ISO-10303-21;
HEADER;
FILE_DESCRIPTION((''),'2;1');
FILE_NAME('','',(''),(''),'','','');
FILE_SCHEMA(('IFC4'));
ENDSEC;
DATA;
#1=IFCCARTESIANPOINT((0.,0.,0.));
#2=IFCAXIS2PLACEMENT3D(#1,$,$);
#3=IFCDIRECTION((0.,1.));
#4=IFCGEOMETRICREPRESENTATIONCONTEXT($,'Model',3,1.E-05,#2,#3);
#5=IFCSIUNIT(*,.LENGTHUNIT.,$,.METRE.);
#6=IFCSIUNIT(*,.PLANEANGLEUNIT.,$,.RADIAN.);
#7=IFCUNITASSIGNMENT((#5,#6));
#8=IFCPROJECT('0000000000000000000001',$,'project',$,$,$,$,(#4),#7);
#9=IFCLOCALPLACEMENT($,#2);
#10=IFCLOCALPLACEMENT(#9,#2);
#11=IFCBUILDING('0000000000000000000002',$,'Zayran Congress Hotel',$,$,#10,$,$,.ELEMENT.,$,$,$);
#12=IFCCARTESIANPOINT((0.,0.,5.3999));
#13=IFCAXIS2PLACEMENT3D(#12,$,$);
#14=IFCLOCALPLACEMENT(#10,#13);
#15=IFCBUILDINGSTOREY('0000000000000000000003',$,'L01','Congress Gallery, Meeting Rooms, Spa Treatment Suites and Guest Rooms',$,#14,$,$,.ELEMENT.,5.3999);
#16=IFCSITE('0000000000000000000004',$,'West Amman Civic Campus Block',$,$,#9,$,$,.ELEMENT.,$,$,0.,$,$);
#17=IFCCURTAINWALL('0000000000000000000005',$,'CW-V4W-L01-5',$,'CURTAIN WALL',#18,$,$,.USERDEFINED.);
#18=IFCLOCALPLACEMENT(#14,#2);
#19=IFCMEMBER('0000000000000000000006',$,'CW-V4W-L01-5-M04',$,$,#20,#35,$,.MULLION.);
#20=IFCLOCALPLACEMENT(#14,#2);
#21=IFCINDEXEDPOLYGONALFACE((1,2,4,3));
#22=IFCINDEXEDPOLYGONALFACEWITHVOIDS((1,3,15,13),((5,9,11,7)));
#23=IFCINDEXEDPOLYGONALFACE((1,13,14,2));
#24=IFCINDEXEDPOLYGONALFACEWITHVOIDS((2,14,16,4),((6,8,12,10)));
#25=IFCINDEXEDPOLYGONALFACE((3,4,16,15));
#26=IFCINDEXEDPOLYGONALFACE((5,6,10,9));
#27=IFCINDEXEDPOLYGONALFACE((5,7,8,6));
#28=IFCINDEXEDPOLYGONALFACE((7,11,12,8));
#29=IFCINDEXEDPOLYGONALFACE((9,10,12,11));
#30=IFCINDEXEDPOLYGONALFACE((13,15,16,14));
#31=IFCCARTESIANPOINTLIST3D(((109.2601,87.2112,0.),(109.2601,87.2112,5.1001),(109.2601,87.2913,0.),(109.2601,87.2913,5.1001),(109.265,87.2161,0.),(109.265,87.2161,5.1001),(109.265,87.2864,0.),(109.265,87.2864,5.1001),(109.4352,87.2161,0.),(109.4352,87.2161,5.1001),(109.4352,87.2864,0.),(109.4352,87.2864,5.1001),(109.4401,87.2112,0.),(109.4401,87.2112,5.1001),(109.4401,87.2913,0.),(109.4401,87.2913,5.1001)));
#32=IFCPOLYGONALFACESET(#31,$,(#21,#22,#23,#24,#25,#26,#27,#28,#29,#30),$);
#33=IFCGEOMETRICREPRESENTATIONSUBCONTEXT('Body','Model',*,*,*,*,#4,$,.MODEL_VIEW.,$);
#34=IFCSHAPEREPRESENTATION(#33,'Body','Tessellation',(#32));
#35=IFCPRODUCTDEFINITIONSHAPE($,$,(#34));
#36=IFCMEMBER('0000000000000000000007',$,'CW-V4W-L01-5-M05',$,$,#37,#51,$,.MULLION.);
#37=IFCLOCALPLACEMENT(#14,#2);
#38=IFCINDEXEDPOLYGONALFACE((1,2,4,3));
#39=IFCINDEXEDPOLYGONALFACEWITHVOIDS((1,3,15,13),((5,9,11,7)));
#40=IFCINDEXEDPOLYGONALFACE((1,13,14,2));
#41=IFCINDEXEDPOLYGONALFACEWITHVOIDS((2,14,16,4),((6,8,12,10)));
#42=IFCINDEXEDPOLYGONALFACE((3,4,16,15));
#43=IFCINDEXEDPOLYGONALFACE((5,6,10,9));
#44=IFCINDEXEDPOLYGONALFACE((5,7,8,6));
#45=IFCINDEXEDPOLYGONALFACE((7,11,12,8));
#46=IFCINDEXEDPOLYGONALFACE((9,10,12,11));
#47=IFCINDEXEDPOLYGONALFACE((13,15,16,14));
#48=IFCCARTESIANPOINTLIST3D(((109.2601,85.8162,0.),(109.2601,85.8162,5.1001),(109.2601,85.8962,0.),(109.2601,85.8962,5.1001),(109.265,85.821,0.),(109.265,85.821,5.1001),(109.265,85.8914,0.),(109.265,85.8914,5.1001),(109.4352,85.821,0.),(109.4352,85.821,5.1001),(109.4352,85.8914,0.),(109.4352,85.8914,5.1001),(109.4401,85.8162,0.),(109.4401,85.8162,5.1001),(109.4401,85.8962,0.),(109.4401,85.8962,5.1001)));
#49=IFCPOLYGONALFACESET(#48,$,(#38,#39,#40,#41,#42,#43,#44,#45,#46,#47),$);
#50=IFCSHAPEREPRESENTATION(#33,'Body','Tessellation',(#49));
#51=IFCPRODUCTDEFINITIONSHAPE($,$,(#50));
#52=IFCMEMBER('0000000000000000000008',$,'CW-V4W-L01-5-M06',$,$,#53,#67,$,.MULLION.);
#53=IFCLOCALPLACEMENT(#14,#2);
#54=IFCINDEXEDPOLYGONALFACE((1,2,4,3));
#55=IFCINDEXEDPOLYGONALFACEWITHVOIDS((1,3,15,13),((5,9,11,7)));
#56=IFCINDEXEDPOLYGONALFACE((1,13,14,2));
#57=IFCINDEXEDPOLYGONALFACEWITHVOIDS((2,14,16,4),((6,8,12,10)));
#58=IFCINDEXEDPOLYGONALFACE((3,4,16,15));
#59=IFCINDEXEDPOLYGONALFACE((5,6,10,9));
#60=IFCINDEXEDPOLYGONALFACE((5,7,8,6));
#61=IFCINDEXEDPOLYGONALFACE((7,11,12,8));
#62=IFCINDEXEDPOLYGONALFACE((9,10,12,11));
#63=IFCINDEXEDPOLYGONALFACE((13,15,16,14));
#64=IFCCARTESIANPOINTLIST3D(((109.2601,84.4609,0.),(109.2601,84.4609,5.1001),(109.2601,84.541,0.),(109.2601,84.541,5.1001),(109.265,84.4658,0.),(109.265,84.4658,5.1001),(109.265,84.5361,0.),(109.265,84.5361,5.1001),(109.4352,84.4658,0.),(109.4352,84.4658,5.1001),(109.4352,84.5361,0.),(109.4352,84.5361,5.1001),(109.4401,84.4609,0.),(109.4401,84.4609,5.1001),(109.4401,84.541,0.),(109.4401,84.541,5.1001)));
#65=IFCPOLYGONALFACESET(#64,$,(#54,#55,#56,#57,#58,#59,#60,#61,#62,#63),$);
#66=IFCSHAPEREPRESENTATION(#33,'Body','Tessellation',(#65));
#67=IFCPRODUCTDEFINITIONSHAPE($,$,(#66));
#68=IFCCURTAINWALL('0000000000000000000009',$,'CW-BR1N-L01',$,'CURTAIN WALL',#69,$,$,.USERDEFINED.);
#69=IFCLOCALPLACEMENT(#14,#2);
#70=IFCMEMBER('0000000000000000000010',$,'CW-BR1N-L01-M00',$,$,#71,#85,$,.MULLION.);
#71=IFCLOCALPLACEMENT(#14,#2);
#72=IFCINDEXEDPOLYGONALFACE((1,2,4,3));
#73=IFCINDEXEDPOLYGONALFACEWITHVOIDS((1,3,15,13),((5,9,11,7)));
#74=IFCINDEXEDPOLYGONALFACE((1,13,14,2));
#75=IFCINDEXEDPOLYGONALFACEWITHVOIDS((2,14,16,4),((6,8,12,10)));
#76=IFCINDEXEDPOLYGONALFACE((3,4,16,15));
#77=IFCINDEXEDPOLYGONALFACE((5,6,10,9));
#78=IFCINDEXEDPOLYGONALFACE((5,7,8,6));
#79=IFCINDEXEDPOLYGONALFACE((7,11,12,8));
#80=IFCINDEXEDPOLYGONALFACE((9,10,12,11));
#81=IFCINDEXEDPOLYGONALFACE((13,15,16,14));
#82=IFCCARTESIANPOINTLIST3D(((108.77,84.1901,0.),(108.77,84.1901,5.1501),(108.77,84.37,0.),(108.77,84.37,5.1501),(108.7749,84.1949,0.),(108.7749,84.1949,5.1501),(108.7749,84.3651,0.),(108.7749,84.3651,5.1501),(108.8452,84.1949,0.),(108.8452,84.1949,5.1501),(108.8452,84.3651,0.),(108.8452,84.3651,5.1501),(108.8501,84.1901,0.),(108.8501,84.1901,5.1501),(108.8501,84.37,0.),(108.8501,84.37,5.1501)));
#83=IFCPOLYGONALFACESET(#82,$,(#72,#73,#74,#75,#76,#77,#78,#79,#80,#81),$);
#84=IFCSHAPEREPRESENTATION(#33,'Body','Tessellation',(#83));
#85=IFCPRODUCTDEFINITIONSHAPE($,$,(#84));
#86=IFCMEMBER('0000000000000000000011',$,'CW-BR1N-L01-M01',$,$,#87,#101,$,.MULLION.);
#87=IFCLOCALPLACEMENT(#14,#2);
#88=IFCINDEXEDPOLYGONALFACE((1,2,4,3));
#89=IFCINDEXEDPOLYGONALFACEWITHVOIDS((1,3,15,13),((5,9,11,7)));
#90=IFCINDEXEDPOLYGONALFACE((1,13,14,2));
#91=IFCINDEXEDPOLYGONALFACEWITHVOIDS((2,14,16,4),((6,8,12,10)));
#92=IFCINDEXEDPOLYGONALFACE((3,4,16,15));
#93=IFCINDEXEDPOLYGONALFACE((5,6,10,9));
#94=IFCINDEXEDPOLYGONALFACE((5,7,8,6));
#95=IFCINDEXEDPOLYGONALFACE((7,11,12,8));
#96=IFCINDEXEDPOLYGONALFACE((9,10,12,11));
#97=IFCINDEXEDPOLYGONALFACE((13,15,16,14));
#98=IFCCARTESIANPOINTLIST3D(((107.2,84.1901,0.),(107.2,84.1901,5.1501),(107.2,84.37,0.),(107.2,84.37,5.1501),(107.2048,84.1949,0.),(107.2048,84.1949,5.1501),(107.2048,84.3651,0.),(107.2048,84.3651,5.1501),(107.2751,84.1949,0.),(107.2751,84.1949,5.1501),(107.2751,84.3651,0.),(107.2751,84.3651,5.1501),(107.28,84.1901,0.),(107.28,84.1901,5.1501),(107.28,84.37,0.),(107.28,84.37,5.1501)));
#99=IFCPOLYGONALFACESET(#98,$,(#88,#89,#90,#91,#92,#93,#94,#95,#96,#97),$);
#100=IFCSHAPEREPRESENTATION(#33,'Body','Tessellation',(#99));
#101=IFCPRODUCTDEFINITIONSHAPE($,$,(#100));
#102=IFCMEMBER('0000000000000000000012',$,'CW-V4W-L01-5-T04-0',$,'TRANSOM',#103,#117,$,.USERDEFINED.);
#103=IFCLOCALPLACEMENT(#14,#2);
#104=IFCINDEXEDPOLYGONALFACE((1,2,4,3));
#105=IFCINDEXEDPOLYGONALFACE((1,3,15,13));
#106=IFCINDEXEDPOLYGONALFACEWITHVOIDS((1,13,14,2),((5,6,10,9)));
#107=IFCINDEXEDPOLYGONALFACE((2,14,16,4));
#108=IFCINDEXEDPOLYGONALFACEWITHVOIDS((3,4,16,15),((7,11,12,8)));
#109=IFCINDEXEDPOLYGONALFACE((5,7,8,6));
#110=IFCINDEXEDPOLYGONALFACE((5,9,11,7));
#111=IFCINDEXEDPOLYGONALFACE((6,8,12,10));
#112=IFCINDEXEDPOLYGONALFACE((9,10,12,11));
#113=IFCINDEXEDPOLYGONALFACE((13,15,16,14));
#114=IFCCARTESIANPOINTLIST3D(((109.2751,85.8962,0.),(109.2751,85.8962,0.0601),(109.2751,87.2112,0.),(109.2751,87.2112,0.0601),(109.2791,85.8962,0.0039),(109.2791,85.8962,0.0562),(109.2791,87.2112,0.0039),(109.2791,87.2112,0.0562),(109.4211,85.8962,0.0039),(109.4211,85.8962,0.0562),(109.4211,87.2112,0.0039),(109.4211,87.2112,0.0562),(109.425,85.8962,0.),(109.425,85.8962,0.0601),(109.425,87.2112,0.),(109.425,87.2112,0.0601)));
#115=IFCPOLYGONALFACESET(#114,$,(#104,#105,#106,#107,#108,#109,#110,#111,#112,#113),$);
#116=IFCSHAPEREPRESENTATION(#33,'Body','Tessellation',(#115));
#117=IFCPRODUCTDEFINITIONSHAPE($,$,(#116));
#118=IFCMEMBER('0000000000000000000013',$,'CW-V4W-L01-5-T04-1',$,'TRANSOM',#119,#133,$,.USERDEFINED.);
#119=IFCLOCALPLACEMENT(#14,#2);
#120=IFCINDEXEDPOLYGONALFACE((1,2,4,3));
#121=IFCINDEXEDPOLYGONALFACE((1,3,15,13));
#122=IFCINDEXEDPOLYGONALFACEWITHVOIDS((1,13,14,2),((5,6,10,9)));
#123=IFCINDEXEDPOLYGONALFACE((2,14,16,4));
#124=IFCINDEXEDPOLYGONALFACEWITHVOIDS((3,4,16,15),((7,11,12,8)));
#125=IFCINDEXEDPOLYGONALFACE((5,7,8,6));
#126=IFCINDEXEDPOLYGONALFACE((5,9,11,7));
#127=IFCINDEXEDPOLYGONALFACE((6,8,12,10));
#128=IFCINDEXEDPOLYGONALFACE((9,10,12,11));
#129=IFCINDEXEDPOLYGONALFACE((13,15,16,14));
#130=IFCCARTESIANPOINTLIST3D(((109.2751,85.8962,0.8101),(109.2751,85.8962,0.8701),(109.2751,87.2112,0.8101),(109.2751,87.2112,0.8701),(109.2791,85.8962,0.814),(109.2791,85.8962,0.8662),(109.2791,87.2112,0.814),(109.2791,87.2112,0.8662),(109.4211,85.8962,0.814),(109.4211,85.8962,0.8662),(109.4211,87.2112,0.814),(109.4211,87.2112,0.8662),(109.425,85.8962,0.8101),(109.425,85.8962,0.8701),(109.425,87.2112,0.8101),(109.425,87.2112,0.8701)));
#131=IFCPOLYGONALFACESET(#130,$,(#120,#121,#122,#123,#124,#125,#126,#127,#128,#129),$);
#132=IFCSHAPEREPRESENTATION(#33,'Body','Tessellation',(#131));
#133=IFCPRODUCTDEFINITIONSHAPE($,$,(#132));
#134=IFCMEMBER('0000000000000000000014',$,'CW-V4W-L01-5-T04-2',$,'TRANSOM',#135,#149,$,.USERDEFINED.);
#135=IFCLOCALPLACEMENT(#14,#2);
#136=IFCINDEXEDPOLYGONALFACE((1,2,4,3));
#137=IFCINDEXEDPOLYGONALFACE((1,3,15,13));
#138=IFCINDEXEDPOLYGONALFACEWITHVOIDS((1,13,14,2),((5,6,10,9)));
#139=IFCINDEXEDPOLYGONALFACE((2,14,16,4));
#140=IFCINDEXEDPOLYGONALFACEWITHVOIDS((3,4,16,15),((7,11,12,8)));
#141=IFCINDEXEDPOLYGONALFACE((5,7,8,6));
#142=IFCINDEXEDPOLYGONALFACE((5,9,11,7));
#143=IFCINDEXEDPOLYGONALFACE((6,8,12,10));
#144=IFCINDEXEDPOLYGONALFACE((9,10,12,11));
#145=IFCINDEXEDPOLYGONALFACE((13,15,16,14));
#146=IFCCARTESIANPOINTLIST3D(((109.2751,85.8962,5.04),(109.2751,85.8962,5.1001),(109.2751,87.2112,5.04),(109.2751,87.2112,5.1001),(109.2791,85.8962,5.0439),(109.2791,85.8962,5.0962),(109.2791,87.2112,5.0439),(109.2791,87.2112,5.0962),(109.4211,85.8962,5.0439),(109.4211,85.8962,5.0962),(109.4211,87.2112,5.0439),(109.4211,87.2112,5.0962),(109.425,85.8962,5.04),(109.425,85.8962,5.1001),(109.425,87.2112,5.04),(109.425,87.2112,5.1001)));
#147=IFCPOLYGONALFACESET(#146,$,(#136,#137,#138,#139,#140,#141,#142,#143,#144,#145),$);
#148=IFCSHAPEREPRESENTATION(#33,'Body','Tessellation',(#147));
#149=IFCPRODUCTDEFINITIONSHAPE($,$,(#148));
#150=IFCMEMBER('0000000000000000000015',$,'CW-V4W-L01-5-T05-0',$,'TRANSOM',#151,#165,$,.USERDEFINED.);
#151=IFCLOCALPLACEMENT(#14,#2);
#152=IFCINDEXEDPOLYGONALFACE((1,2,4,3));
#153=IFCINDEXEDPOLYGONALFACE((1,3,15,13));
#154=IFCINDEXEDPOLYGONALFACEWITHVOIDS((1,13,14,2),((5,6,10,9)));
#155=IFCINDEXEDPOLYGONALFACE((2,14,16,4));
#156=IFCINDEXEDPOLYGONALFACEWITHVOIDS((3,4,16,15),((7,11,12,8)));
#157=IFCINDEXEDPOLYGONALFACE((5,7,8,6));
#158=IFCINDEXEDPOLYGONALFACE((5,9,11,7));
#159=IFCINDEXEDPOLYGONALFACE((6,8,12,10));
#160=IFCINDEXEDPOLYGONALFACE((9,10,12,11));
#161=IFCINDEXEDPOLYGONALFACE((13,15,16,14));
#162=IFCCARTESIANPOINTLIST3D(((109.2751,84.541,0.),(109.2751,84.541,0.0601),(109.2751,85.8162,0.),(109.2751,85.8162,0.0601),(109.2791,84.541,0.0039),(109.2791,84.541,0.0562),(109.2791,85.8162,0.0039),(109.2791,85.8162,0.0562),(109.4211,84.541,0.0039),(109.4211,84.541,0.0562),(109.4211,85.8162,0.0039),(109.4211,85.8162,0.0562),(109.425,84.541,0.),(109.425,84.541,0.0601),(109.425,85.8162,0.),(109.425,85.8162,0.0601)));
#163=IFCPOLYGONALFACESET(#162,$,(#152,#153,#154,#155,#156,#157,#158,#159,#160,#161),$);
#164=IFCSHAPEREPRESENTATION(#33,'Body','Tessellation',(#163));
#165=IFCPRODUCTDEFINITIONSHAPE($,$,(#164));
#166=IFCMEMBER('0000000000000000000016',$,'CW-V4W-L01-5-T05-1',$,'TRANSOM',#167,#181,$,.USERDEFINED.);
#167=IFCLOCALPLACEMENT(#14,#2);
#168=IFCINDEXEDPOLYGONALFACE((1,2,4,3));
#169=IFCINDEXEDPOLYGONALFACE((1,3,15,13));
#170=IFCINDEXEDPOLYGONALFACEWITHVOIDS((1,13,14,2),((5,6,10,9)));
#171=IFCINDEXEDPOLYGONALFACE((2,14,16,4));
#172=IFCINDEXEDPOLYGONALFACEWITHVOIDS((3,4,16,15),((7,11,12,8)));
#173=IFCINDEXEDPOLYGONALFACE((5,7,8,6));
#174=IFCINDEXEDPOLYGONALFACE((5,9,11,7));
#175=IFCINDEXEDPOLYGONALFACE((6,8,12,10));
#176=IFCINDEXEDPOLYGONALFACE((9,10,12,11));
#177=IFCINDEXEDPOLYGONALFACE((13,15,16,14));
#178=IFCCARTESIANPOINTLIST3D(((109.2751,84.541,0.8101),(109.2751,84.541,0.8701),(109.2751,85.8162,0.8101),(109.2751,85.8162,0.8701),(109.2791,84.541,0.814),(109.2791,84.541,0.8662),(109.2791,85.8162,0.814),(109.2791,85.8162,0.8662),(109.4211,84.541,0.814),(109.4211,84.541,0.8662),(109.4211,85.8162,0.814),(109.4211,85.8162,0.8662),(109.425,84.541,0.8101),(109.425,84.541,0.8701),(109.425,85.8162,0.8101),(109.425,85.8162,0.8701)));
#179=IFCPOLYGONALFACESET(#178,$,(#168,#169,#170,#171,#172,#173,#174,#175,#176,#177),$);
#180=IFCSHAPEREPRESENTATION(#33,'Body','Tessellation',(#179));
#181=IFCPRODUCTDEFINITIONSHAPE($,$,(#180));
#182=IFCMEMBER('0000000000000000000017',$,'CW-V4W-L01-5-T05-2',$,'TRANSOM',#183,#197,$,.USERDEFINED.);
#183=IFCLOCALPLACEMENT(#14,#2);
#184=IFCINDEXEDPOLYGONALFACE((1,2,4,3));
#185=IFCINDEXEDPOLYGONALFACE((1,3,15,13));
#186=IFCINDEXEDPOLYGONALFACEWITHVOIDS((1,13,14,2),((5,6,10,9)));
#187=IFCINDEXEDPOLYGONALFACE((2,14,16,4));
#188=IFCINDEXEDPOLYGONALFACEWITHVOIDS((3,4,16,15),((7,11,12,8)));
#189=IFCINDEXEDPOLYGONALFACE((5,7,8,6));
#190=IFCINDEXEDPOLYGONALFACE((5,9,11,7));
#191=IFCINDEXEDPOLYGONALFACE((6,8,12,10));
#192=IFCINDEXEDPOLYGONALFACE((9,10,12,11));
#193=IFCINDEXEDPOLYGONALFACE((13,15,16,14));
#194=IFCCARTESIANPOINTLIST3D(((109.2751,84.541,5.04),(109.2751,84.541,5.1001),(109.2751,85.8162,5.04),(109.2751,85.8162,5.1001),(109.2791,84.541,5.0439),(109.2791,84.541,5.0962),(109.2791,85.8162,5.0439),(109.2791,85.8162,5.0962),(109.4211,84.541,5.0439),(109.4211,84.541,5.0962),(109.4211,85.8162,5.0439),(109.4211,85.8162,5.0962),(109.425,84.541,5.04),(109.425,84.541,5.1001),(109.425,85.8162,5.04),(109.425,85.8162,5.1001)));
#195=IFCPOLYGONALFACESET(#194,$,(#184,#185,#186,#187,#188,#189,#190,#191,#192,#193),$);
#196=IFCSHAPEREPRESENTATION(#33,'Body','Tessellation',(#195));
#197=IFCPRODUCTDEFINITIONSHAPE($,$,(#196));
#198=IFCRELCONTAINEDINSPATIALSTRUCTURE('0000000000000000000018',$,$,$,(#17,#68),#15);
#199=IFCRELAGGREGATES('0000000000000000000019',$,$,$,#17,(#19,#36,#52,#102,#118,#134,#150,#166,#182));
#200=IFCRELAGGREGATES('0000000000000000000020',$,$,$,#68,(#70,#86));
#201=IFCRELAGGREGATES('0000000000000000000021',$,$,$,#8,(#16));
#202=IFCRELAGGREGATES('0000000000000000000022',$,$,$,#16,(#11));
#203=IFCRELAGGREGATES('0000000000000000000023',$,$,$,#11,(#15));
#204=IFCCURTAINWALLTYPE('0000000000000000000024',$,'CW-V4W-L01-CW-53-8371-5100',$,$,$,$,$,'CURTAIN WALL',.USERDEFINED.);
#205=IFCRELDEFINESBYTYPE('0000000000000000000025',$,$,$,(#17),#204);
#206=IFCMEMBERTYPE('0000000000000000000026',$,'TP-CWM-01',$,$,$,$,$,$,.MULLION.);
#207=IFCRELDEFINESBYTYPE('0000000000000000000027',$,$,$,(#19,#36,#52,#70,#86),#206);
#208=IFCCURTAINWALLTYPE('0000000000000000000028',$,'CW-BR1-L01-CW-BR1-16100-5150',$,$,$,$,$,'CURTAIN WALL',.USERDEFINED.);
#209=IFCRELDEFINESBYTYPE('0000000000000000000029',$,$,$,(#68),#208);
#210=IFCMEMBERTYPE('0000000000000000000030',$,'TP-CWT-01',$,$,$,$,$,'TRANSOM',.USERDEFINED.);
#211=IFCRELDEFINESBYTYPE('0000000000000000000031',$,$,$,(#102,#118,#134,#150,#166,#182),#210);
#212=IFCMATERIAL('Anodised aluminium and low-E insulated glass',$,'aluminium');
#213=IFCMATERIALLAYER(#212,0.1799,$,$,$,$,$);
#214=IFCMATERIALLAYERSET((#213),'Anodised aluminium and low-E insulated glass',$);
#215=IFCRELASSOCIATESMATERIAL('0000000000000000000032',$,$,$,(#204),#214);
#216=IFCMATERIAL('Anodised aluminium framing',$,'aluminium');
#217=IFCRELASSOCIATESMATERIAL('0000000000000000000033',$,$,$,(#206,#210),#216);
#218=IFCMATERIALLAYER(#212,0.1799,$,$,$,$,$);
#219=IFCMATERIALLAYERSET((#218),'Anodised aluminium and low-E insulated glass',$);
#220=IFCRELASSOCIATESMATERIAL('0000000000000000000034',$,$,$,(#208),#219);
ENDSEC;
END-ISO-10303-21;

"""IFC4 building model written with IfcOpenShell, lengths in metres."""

from ifc_helpers import new_model, si_unit, direction, frame, origin, origin_2d, place, context, subcontext, project, spatial, hollow_rectangle, extrude, material, layer, layer_set, material_profile, profile_set, type_object, element, aggregate, save


model = new_model("IFC4")

# Units and contexts
model_context = context("Model", 3, precision=1e-05, world=origin(), true_north=direction((0.0, 1.0)))
body_context = subcontext(model_context, "Body", "Model", "MODEL_VIEW")
ifc_project = project(units=[si_unit("LENGTHUNIT", "METRE"), si_unit("PLANEANGLEUNIT", "RADIAN")], contexts=[model_context])

# Site, building, storey
site_placement = place(None, origin())
site = spatial("IfcSite", under=ifc_project, at=site_placement, Name="West Amman Civic Campus Block", CompositionType="ELEMENT", RefElevation=0.0)
building_placement = place(site_placement, origin())
building = spatial("IfcBuilding", under=site, at=building_placement, Name="Zayran Congress Hotel", CompositionType="ELEMENT")
storey_placement = place(building_placement, frame((0.0, 0.0, 5.3999)))
storey = spatial("IfcBuildingStorey", under=building, at=storey_placement, Name="L01", Description="Congress Gallery, Meeting Rooms, Spa Treatment Suites and Guest Rooms", CompositionType="ELEMENT", Elevation=5.3999)

# Curtain walls, members
ifc_material_1 = material(Name="Anodised aluminium and low-E insulated glass", Category="aluminium")
ifc_layer_1 = layer(ifc_material_1, 0.1799)
ifc_layer_set_1 = layer_set([ifc_layer_1], Name="Anodised aluminium and low-E insulated glass")
curtain_wall_type_1 = type_object("IfcCurtainWallType", Name="CW-V4W-L01-CW-53-8371-5100", ElementType="CURTAIN WALL", PredefinedType="USERDEFINED", material=ifc_layer_set_1)
curtain_wall_1_placement = place(storey_placement, origin())
curtain_wall_1 = element("IfcCurtainWall", 1, at=curtain_wall_1_placement, inside=storey, type_object=curtain_wall_type_1, Name="CW-V4W-L01-5", ObjectType="CURTAIN WALL", PredefinedType="USERDEFINED")
ifc_material_2 = material(Name="Anodised aluminium framing", Category="aluminium")
ifc_material_profile_1 = material_profile(ifc_material_2, hollow_rectangle(XDim=0.0801, YDim=0.1799, WallThickness=0.0049, at=origin_2d()), Name="RHS 180x80x5")
ifc_profile_set_1 = profile_set([ifc_material_profile_1], Name="Anodised aluminium framing")
member_type_1 = type_object("IfcMemberType", Name="TP-CWM-01", PredefinedType="MULLION", material=ifc_profile_set_1)
member_1_placement = place(storey_placement, frame((109.3501, 87.2512, 0.0), z_axis=(0.0, 0.0, 1.0), x_axis=(0.0, 1.0, 0.0)))
member_1 = element("IfcMember", 2, at=member_1_placement, type_object=member_type_1, Name="CW-V4W-L01-5-M04", PredefinedType="MULLION", context=body_context, shape_type="SweptSolid", body=[
    extrude(hollow_rectangle(XDim=0.0801, YDim=0.1799, WallThickness=0.0049, at=origin_2d()), origin(), (0.0, 0.0, 1.0), 5.1001),
])
member_2_placement = place(storey_placement, frame((109.3501, 85.8562, 0.0), z_axis=(0.0, 0.0, 1.0), x_axis=(0.0, 1.0, 0.0)))
member_2 = element("IfcMember", 3, at=member_2_placement, type_object=member_type_1, Name="CW-V4W-L01-5-M05", PredefinedType="MULLION", context=body_context, shape_type="SweptSolid", body=[
    extrude(hollow_rectangle(XDim=0.0801, YDim=0.1799, WallThickness=0.0049, at=origin_2d()), origin(), (0.0, 0.0, 1.0), 5.1001),
])
member_3_placement = place(storey_placement, frame((109.3501, 84.501, 0.0), z_axis=(0.0, 0.0, 1.0), x_axis=(0.0, 1.0, 0.0)))
member_3 = element("IfcMember", 4, at=member_3_placement, type_object=member_type_1, Name="CW-V4W-L01-5-M06", PredefinedType="MULLION", context=body_context, shape_type="SweptSolid", body=[
    extrude(hollow_rectangle(XDim=0.0801, YDim=0.1799, WallThickness=0.0049, at=origin_2d()), origin(), (0.0, 0.0, 1.0), 5.1001),
])
ifc_layer_2 = layer(ifc_material_1, 0.1799)
ifc_layer_set_2 = layer_set([ifc_layer_2], Name="Anodised aluminium and low-E insulated glass")
curtain_wall_type_2 = type_object("IfcCurtainWallType", Name="CW-BR1-L01-CW-BR1-16100-5150", ElementType="CURTAIN WALL", PredefinedType="USERDEFINED", material=ifc_layer_set_2)
curtain_wall_2_placement = place(storey_placement, origin())
curtain_wall_2 = element("IfcCurtainWall", 5, at=curtain_wall_2_placement, inside=storey, type_object=curtain_wall_type_2, Name="CW-BR1N-L01", ObjectType="CURTAIN WALL", PredefinedType="USERDEFINED")
member_4_placement = place(storey_placement, frame((108.8101, 84.28, 0.0), z_axis=(0.0, 0.0, 1.0), x_axis=(1.0, 0.0, 0.0)))
member_4 = element("IfcMember", 6, at=member_4_placement, type_object=member_type_1, Name="CW-BR1N-L01-M00", PredefinedType="MULLION", context=body_context, shape_type="SweptSolid", body=[
    extrude(hollow_rectangle(XDim=0.0801, YDim=0.1799, WallThickness=0.0049, at=origin_2d()), origin(), (0.0, 0.0, 1.0), 5.1501),
])
member_5_placement = place(storey_placement, frame((107.24, 84.28, 0.0), z_axis=(0.0, 0.0, 1.0), x_axis=(1.0, 0.0, 0.0)))
member_5 = element("IfcMember", 7, at=member_5_placement, type_object=member_type_1, Name="CW-BR1N-L01-M01", PredefinedType="MULLION", context=body_context, shape_type="SweptSolid", body=[
    extrude(hollow_rectangle(XDim=0.0801, YDim=0.1799, WallThickness=0.0049, at=origin_2d()), origin(), (0.0, 0.0, 1.0), 5.1501),
])

# Members
ifc_material_profile_2 = material_profile(ifc_material_2, hollow_rectangle(XDim=0.0601, YDim=0.1499, WallThickness=0.0039, at=origin_2d()), Name="RHS 150x60x4")
ifc_profile_set_2 = profile_set([ifc_material_profile_2], Name="Anodised aluminium framing")
member_type_2 = type_object("IfcMemberType", Name="TP-CWT-01", ElementType="TRANSOM", PredefinedType="USERDEFINED", material=ifc_profile_set_2)
member_6_placement = place(storey_placement, frame((109.3501, 87.2112, 0.03), z_axis=(0.0, -1.0, 0.0), x_axis=(0.0, 0.0, 1.0)))
member_6 = element("IfcMember", 8, at=member_6_placement, type_object=member_type_2, Name="CW-V4W-L01-5-T04-0", ObjectType="TRANSOM", PredefinedType="USERDEFINED", context=body_context, shape_type="SweptSolid", body=[
    extrude(hollow_rectangle(XDim=0.0601, YDim=0.1499, WallThickness=0.0039, at=origin_2d()), origin(), (0.0, 0.0, 1.0), 1.3149),
])
member_7_placement = place(storey_placement, frame((109.3501, 87.2112, 0.8401), z_axis=(0.0, -1.0, 0.0), x_axis=(0.0, 0.0, 1.0)))
member_7 = element("IfcMember", 9, at=member_7_placement, type_object=member_type_2, Name="CW-V4W-L01-5-T04-1", ObjectType="TRANSOM", PredefinedType="USERDEFINED", context=body_context, shape_type="SweptSolid", body=[
    extrude(hollow_rectangle(XDim=0.0601, YDim=0.1499, WallThickness=0.0039, at=origin_2d()), origin(), (0.0, 0.0, 1.0), 1.3149),
])
member_8_placement = place(storey_placement, frame((109.3501, 87.2112, 5.0701), z_axis=(0.0, -1.0, 0.0), x_axis=(0.0, 0.0, 1.0)))
member_8 = element("IfcMember", 10, at=member_8_placement, type_object=member_type_2, Name="CW-V4W-L01-5-T04-2", ObjectType="TRANSOM", PredefinedType="USERDEFINED", context=body_context, shape_type="SweptSolid", body=[
    extrude(hollow_rectangle(XDim=0.0601, YDim=0.1499, WallThickness=0.0039, at=origin_2d()), origin(), (0.0, 0.0, 1.0), 1.3149),
])
member_9_placement = place(storey_placement, frame((109.3501, 85.8162, 0.03), z_axis=(0.0, -1.0, 0.0), x_axis=(0.0, 0.0, 1.0)))
member_9 = element("IfcMember", 11, at=member_9_placement, type_object=member_type_2, Name="CW-V4W-L01-5-T05-0", ObjectType="TRANSOM", PredefinedType="USERDEFINED", context=body_context, shape_type="SweptSolid", body=[
    extrude(hollow_rectangle(XDim=0.0601, YDim=0.1499, WallThickness=0.0039, at=origin_2d()), origin(), (0.0, 0.0, 1.0), 1.2751),
])
member_10_placement = place(storey_placement, frame((109.3501, 85.8162, 0.8401), z_axis=(0.0, -1.0, 0.0), x_axis=(0.0, 0.0, 1.0)))
member_10 = element("IfcMember", 12, at=member_10_placement, type_object=member_type_2, Name="CW-V4W-L01-5-T05-1", ObjectType="TRANSOM", PredefinedType="USERDEFINED", context=body_context, shape_type="SweptSolid", body=[
    extrude(hollow_rectangle(XDim=0.0601, YDim=0.1499, WallThickness=0.0039, at=origin_2d()), origin(), (0.0, 0.0, 1.0), 1.2751),
])
member_11_placement = place(storey_placement, frame((109.3501, 85.8162, 5.0701), z_axis=(0.0, -1.0, 0.0), x_axis=(0.0, 0.0, 1.0)))
member_11 = element("IfcMember", 13, at=member_11_placement, type_object=member_type_2, Name="CW-V4W-L01-5-T05-2", ObjectType="TRANSOM", PredefinedType="USERDEFINED", context=body_context, shape_type="SweptSolid", body=[
    extrude(hollow_rectangle(XDim=0.0601, YDim=0.1499, WallThickness=0.0039, at=origin_2d()), origin(), (0.0, 0.0, 1.0), 1.2751),
])

aggregate(curtain_wall_1, [member_1, member_2, member_3, member_6, member_7, member_8, member_9, member_10, member_11])
aggregate(curtain_wall_2, [member_4, member_5])

save(model, "model.ifc")
